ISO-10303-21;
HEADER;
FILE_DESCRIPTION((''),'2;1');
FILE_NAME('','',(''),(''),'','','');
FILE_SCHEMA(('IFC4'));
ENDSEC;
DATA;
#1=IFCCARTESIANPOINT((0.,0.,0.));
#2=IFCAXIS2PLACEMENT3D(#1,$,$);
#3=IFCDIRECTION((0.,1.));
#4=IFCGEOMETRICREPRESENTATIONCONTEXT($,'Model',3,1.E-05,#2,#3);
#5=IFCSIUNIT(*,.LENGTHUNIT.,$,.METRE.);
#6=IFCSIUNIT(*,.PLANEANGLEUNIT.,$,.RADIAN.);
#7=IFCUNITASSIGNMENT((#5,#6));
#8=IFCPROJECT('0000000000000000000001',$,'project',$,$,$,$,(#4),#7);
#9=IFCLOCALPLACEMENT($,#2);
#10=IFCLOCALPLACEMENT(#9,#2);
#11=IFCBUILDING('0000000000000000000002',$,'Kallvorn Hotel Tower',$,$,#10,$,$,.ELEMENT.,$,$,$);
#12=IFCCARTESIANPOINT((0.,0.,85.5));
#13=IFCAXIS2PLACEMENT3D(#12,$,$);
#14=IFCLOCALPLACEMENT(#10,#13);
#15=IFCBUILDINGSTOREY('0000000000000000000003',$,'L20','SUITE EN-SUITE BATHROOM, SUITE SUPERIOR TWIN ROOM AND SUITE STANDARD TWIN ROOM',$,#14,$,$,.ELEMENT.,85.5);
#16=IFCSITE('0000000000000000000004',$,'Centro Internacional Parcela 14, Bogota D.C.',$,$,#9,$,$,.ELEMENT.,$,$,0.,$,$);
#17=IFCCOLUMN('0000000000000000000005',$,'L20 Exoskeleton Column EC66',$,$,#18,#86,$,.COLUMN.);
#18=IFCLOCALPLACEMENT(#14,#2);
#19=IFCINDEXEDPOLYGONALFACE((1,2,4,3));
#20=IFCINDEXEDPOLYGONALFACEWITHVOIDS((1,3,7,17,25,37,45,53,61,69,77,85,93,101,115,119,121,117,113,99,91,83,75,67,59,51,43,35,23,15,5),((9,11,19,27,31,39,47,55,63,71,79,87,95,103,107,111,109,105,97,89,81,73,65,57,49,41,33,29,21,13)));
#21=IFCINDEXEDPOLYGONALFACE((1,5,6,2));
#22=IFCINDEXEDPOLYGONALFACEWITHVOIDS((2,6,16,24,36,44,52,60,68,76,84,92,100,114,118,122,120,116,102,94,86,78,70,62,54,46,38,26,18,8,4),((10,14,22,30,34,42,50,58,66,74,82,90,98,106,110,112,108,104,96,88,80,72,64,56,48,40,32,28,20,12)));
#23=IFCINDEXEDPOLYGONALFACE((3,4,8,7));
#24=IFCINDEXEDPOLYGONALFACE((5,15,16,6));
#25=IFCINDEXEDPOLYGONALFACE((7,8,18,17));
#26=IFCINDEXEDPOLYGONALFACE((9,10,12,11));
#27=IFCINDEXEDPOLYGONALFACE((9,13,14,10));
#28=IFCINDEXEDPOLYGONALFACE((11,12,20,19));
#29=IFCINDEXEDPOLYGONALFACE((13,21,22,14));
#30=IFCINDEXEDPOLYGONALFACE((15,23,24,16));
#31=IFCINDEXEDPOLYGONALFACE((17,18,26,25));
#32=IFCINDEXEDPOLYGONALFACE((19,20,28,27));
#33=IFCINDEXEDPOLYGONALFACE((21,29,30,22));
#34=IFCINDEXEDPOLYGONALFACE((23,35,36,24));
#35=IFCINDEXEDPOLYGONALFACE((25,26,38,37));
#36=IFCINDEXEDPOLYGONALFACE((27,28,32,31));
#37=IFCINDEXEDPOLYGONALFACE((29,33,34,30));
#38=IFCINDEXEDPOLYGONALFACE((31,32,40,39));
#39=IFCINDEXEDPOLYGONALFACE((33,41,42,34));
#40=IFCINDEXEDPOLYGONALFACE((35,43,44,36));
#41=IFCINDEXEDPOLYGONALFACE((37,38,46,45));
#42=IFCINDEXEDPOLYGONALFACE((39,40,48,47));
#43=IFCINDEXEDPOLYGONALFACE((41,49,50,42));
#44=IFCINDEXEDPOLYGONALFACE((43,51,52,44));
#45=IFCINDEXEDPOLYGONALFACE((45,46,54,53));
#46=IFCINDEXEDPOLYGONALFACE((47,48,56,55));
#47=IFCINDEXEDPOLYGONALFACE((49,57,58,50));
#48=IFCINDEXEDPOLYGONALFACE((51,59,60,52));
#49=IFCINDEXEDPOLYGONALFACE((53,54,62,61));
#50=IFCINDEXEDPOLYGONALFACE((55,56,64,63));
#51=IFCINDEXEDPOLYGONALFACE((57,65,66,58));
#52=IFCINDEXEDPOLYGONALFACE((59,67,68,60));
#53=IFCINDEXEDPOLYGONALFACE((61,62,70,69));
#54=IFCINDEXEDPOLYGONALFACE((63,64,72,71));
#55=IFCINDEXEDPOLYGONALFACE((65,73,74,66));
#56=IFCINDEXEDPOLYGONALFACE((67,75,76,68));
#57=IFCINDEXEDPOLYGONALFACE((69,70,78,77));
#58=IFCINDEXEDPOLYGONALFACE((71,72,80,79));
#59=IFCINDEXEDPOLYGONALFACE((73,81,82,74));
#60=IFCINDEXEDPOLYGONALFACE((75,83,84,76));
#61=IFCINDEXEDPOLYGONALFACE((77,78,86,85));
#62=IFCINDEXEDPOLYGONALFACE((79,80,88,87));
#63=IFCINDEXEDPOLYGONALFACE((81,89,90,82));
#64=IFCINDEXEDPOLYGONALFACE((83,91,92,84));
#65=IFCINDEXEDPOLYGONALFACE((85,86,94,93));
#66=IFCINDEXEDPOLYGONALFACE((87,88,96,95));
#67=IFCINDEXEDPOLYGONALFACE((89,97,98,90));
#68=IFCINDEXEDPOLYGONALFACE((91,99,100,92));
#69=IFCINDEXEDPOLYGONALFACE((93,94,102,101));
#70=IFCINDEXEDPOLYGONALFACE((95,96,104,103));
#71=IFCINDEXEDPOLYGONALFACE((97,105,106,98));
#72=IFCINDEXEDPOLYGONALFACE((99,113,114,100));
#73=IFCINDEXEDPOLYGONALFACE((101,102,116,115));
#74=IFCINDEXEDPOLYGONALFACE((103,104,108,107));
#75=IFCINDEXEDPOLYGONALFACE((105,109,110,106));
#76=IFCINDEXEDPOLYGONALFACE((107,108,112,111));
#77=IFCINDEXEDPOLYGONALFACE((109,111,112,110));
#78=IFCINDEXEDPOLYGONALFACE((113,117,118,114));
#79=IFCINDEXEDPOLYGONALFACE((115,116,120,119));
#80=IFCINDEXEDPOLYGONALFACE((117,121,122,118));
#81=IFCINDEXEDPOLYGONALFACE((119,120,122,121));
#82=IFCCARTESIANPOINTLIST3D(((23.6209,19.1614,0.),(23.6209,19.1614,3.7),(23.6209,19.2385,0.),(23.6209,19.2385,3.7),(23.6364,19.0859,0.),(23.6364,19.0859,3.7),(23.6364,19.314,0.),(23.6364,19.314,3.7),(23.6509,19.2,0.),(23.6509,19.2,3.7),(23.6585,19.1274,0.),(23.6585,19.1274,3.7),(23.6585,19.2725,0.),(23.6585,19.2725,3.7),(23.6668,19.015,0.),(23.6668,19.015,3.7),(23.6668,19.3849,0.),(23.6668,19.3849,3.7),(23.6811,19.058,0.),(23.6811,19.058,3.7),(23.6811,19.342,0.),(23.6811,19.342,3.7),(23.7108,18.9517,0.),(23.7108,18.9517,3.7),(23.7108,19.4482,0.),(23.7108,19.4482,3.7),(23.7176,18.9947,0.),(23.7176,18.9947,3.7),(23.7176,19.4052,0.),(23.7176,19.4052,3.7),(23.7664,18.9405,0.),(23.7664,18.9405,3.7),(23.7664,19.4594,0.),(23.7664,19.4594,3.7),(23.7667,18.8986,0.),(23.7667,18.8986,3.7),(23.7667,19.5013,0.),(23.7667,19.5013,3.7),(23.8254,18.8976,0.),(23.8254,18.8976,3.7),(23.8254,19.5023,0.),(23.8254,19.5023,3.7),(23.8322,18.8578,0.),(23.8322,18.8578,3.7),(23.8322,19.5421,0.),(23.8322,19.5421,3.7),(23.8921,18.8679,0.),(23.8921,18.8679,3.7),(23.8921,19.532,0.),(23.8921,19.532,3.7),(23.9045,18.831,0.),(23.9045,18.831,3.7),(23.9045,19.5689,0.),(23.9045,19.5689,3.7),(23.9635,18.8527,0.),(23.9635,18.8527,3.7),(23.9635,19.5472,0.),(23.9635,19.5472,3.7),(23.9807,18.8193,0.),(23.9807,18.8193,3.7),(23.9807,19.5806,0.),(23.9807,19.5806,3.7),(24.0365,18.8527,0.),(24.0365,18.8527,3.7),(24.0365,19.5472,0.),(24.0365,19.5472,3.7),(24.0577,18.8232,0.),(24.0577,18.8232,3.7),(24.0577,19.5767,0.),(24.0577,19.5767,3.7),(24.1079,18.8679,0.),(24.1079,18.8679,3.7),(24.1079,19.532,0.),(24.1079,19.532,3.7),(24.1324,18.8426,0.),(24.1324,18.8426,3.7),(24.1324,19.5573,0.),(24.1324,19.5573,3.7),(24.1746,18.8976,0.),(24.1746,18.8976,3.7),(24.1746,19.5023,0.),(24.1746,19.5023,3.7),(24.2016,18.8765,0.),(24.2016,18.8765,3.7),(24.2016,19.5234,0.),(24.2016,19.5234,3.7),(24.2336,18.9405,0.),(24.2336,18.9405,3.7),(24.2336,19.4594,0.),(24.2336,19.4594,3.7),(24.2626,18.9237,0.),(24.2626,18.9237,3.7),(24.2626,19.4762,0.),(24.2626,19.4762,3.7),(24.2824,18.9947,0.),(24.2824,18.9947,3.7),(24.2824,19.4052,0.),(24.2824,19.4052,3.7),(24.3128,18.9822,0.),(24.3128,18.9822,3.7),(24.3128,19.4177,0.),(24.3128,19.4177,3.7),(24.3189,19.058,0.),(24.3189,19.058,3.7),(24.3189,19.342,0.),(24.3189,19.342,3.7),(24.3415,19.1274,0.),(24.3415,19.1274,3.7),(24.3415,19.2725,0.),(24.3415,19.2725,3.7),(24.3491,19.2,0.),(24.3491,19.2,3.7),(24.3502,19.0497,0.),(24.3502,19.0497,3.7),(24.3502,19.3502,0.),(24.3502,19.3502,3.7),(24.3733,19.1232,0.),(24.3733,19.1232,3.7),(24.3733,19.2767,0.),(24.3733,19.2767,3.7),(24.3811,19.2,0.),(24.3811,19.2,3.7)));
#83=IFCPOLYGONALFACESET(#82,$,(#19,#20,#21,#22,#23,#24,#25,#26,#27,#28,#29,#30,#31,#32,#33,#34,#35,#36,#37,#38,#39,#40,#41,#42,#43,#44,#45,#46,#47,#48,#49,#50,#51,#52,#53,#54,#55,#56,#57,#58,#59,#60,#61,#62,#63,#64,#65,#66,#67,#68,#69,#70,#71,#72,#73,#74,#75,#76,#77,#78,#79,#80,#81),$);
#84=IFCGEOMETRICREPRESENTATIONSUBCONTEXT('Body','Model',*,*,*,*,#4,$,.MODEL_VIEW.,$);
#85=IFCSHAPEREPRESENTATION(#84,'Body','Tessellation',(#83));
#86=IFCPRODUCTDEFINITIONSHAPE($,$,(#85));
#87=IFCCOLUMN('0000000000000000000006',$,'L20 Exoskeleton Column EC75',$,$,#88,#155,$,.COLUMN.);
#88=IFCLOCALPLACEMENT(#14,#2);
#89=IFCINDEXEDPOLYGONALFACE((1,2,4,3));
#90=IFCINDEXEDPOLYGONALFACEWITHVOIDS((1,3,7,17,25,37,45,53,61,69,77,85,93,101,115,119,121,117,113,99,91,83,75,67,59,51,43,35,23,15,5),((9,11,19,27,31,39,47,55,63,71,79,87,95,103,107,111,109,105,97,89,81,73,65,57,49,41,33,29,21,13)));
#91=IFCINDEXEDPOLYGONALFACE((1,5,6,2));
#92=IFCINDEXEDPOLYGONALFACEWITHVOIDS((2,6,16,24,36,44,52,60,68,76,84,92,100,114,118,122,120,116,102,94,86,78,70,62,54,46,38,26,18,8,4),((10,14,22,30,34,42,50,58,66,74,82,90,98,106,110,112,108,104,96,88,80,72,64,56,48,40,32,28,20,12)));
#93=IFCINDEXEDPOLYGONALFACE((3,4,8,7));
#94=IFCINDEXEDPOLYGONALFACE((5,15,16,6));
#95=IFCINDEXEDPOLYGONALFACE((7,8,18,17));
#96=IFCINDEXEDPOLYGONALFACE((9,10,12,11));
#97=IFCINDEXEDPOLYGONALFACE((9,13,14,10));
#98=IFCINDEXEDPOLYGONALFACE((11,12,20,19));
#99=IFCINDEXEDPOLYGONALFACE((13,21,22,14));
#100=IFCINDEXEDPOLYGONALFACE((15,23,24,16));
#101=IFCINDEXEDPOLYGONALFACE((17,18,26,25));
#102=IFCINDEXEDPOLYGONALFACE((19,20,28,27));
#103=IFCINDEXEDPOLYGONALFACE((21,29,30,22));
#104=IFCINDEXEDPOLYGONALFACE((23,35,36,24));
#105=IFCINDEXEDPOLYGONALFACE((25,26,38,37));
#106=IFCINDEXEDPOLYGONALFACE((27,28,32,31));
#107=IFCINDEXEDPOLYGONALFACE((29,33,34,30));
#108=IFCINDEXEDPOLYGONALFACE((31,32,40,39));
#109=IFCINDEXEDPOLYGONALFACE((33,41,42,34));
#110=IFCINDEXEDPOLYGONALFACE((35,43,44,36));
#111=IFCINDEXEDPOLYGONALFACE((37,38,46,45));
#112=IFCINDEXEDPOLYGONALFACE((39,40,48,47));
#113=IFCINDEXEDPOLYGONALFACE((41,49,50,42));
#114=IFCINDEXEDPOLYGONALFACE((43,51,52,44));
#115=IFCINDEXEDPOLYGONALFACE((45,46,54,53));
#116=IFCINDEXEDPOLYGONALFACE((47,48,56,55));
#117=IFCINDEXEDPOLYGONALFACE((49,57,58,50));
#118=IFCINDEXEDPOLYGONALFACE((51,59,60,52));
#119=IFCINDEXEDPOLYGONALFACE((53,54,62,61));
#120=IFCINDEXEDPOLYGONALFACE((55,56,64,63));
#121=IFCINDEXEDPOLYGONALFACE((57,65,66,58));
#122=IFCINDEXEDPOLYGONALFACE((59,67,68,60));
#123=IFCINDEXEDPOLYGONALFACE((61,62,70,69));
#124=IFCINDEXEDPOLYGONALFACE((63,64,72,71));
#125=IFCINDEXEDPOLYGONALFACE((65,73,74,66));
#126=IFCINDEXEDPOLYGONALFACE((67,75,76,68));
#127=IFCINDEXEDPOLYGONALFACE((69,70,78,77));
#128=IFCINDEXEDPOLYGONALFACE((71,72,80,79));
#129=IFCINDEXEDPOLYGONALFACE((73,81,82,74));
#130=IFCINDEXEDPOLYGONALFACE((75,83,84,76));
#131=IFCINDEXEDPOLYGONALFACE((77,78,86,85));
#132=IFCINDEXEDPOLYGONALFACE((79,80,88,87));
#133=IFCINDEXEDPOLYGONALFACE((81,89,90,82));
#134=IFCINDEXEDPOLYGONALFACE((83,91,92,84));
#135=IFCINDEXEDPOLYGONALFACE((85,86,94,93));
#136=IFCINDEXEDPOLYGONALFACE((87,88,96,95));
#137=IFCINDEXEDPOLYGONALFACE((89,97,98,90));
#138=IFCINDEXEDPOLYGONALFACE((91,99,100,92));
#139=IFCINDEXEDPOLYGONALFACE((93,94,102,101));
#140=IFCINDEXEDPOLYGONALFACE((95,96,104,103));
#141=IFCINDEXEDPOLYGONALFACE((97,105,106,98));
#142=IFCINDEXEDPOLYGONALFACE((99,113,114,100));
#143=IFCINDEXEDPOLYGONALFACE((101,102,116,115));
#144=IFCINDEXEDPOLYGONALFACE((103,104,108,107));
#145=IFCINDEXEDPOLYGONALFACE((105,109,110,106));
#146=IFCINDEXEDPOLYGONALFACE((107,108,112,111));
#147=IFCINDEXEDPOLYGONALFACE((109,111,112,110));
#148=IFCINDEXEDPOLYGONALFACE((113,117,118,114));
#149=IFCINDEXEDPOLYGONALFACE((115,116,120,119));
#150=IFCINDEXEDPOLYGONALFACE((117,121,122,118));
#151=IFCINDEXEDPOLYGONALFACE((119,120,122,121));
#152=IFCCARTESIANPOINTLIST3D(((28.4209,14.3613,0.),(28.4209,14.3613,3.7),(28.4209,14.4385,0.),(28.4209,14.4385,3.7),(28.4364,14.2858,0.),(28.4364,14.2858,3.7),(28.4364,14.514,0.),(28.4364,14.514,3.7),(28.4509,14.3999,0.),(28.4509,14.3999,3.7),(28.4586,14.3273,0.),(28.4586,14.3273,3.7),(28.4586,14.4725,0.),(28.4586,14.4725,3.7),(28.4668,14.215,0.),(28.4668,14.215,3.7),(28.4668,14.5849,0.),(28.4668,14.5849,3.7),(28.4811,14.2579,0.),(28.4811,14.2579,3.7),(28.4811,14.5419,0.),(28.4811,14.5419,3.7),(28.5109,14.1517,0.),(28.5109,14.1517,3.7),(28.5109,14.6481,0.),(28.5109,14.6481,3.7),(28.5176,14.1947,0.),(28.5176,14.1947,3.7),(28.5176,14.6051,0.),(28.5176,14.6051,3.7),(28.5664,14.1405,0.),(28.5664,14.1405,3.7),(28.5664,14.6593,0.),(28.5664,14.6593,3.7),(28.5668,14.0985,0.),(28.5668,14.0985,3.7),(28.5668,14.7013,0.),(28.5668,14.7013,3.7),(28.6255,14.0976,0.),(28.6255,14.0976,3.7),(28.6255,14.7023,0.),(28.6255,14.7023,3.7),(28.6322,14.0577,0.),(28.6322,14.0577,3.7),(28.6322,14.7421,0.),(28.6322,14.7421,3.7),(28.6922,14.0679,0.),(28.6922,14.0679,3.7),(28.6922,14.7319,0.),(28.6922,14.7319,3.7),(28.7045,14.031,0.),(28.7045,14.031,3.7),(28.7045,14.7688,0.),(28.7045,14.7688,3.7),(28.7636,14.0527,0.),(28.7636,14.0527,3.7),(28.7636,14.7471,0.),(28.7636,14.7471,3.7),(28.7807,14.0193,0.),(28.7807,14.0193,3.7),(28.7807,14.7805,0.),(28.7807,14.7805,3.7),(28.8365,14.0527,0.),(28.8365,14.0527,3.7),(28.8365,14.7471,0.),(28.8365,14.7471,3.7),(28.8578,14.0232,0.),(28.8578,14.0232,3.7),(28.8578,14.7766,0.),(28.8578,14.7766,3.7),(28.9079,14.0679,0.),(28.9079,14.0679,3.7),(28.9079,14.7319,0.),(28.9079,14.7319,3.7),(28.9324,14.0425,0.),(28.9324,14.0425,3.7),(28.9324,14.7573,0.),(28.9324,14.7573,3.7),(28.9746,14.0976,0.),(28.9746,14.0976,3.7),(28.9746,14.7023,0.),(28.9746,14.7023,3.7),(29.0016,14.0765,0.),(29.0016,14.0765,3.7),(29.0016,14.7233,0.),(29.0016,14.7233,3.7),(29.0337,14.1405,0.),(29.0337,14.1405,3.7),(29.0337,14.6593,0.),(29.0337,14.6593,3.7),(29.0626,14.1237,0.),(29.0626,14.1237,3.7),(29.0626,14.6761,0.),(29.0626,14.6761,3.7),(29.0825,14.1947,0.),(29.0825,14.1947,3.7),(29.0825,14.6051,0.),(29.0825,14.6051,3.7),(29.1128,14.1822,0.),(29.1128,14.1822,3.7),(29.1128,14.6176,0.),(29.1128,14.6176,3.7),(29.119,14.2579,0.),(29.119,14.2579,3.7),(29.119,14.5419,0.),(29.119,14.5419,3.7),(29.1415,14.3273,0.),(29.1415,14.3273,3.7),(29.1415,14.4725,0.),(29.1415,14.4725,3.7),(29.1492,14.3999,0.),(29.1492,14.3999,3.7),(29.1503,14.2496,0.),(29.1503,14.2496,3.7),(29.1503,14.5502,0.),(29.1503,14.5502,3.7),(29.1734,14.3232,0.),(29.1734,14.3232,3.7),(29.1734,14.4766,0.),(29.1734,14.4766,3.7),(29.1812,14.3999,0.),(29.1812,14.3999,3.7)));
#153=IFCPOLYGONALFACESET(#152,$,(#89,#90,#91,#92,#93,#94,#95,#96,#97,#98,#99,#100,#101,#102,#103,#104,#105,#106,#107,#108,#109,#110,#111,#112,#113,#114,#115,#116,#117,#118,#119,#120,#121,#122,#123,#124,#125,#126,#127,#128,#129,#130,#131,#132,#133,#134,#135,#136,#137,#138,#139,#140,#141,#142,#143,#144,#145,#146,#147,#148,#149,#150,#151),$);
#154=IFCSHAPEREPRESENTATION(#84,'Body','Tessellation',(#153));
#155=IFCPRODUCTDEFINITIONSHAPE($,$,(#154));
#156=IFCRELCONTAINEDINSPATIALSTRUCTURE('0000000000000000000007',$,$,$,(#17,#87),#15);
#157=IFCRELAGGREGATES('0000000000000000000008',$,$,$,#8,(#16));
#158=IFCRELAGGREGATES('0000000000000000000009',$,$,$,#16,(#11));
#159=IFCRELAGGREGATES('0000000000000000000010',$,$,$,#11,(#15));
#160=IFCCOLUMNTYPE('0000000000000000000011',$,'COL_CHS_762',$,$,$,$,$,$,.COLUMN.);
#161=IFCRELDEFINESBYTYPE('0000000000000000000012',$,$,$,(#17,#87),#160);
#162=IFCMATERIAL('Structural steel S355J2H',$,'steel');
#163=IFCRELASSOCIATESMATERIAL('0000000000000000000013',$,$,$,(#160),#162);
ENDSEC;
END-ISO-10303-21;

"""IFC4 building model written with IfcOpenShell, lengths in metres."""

from ifc_helpers import new_model, si_unit, direction, frame, origin, origin_2d, place, context, subcontext, project, spatial, hollow_circle, extrude, material, material_profile, profile_set, type_object, element, save


model = new_model("IFC4")

# Units and contexts
model_context = context("Model", 3, precision=1e-05, world=origin(), true_north=direction((0.0, 1.0)))
body_context = subcontext(model_context, "Body", "Model", "MODEL_VIEW")
ifc_project = project(units=[si_unit("LENGTHUNIT", "METRE"), si_unit("PLANEANGLEUNIT", "RADIAN")], contexts=[model_context])

# Site, building, storey
site_placement = place(None, origin())
site = spatial("IfcSite", under=ifc_project, at=site_placement, Name="Centro Internacional Parcela 14, Bogota D.C.", CompositionType="ELEMENT", RefElevation=0.0)
building_placement = place(site_placement, origin())
building = spatial("IfcBuilding", under=site, at=building_placement, Name="Kallvorn Hotel Tower", CompositionType="ELEMENT")
storey_placement = place(building_placement, frame((0.0, 0.0, 85.5)))
storey = spatial("IfcBuildingStorey", under=building, at=storey_placement, Name="L20", Description="SUITE EN-SUITE BATHROOM, SUITE SUPERIOR TWIN ROOM AND SUITE STANDARD TWIN ROOM", CompositionType="ELEMENT", Elevation=85.5)

# Columns
ifc_material_1 = material(Name="Structural steel S355J2H", Category="steel")
ifc_material_profile_1 = material_profile(ifc_material_1, hollow_circle(Radius=0.3811, WallThickness=0.032, at=origin_2d()), Name="CHS 762x32")
ifc_profile_set_1 = profile_set([ifc_material_profile_1], Name="Structural steel S355J2H")
column_type_1 = type_object("IfcColumnType", Name="COL_CHS_762", PredefinedType="COLUMN", material=ifc_profile_set_1)
for number, where, z_axis, x_axis, name in (
    (1, (24.0, 19.2, 0.0), (0.0, 0.0, 1.0), (1.0, 0.0, 0.0), "L20 Exoskeleton Column EC66"),
    (2, (28.8, 14.3999, 0.0), (0.0, 0.0, 1.0), (1.0, 0.0, 0.0), "L20 Exoskeleton Column EC75"),
):
    element("IfcColumn", number, at=place(storey_placement, frame(where, z_axis=z_axis, x_axis=x_axis)), inside=storey, type_object=column_type_1, Name=name, PredefinedType="COLUMN", context=body_context, shape_type="SweptSolid", body=[
        extrude(hollow_circle(Radius=0.3811, WallThickness=0.032, at=origin_2d()), origin(), (0.0, 0.0, 1.0), 3.7),
    ])

save(model, "model.ifc")
